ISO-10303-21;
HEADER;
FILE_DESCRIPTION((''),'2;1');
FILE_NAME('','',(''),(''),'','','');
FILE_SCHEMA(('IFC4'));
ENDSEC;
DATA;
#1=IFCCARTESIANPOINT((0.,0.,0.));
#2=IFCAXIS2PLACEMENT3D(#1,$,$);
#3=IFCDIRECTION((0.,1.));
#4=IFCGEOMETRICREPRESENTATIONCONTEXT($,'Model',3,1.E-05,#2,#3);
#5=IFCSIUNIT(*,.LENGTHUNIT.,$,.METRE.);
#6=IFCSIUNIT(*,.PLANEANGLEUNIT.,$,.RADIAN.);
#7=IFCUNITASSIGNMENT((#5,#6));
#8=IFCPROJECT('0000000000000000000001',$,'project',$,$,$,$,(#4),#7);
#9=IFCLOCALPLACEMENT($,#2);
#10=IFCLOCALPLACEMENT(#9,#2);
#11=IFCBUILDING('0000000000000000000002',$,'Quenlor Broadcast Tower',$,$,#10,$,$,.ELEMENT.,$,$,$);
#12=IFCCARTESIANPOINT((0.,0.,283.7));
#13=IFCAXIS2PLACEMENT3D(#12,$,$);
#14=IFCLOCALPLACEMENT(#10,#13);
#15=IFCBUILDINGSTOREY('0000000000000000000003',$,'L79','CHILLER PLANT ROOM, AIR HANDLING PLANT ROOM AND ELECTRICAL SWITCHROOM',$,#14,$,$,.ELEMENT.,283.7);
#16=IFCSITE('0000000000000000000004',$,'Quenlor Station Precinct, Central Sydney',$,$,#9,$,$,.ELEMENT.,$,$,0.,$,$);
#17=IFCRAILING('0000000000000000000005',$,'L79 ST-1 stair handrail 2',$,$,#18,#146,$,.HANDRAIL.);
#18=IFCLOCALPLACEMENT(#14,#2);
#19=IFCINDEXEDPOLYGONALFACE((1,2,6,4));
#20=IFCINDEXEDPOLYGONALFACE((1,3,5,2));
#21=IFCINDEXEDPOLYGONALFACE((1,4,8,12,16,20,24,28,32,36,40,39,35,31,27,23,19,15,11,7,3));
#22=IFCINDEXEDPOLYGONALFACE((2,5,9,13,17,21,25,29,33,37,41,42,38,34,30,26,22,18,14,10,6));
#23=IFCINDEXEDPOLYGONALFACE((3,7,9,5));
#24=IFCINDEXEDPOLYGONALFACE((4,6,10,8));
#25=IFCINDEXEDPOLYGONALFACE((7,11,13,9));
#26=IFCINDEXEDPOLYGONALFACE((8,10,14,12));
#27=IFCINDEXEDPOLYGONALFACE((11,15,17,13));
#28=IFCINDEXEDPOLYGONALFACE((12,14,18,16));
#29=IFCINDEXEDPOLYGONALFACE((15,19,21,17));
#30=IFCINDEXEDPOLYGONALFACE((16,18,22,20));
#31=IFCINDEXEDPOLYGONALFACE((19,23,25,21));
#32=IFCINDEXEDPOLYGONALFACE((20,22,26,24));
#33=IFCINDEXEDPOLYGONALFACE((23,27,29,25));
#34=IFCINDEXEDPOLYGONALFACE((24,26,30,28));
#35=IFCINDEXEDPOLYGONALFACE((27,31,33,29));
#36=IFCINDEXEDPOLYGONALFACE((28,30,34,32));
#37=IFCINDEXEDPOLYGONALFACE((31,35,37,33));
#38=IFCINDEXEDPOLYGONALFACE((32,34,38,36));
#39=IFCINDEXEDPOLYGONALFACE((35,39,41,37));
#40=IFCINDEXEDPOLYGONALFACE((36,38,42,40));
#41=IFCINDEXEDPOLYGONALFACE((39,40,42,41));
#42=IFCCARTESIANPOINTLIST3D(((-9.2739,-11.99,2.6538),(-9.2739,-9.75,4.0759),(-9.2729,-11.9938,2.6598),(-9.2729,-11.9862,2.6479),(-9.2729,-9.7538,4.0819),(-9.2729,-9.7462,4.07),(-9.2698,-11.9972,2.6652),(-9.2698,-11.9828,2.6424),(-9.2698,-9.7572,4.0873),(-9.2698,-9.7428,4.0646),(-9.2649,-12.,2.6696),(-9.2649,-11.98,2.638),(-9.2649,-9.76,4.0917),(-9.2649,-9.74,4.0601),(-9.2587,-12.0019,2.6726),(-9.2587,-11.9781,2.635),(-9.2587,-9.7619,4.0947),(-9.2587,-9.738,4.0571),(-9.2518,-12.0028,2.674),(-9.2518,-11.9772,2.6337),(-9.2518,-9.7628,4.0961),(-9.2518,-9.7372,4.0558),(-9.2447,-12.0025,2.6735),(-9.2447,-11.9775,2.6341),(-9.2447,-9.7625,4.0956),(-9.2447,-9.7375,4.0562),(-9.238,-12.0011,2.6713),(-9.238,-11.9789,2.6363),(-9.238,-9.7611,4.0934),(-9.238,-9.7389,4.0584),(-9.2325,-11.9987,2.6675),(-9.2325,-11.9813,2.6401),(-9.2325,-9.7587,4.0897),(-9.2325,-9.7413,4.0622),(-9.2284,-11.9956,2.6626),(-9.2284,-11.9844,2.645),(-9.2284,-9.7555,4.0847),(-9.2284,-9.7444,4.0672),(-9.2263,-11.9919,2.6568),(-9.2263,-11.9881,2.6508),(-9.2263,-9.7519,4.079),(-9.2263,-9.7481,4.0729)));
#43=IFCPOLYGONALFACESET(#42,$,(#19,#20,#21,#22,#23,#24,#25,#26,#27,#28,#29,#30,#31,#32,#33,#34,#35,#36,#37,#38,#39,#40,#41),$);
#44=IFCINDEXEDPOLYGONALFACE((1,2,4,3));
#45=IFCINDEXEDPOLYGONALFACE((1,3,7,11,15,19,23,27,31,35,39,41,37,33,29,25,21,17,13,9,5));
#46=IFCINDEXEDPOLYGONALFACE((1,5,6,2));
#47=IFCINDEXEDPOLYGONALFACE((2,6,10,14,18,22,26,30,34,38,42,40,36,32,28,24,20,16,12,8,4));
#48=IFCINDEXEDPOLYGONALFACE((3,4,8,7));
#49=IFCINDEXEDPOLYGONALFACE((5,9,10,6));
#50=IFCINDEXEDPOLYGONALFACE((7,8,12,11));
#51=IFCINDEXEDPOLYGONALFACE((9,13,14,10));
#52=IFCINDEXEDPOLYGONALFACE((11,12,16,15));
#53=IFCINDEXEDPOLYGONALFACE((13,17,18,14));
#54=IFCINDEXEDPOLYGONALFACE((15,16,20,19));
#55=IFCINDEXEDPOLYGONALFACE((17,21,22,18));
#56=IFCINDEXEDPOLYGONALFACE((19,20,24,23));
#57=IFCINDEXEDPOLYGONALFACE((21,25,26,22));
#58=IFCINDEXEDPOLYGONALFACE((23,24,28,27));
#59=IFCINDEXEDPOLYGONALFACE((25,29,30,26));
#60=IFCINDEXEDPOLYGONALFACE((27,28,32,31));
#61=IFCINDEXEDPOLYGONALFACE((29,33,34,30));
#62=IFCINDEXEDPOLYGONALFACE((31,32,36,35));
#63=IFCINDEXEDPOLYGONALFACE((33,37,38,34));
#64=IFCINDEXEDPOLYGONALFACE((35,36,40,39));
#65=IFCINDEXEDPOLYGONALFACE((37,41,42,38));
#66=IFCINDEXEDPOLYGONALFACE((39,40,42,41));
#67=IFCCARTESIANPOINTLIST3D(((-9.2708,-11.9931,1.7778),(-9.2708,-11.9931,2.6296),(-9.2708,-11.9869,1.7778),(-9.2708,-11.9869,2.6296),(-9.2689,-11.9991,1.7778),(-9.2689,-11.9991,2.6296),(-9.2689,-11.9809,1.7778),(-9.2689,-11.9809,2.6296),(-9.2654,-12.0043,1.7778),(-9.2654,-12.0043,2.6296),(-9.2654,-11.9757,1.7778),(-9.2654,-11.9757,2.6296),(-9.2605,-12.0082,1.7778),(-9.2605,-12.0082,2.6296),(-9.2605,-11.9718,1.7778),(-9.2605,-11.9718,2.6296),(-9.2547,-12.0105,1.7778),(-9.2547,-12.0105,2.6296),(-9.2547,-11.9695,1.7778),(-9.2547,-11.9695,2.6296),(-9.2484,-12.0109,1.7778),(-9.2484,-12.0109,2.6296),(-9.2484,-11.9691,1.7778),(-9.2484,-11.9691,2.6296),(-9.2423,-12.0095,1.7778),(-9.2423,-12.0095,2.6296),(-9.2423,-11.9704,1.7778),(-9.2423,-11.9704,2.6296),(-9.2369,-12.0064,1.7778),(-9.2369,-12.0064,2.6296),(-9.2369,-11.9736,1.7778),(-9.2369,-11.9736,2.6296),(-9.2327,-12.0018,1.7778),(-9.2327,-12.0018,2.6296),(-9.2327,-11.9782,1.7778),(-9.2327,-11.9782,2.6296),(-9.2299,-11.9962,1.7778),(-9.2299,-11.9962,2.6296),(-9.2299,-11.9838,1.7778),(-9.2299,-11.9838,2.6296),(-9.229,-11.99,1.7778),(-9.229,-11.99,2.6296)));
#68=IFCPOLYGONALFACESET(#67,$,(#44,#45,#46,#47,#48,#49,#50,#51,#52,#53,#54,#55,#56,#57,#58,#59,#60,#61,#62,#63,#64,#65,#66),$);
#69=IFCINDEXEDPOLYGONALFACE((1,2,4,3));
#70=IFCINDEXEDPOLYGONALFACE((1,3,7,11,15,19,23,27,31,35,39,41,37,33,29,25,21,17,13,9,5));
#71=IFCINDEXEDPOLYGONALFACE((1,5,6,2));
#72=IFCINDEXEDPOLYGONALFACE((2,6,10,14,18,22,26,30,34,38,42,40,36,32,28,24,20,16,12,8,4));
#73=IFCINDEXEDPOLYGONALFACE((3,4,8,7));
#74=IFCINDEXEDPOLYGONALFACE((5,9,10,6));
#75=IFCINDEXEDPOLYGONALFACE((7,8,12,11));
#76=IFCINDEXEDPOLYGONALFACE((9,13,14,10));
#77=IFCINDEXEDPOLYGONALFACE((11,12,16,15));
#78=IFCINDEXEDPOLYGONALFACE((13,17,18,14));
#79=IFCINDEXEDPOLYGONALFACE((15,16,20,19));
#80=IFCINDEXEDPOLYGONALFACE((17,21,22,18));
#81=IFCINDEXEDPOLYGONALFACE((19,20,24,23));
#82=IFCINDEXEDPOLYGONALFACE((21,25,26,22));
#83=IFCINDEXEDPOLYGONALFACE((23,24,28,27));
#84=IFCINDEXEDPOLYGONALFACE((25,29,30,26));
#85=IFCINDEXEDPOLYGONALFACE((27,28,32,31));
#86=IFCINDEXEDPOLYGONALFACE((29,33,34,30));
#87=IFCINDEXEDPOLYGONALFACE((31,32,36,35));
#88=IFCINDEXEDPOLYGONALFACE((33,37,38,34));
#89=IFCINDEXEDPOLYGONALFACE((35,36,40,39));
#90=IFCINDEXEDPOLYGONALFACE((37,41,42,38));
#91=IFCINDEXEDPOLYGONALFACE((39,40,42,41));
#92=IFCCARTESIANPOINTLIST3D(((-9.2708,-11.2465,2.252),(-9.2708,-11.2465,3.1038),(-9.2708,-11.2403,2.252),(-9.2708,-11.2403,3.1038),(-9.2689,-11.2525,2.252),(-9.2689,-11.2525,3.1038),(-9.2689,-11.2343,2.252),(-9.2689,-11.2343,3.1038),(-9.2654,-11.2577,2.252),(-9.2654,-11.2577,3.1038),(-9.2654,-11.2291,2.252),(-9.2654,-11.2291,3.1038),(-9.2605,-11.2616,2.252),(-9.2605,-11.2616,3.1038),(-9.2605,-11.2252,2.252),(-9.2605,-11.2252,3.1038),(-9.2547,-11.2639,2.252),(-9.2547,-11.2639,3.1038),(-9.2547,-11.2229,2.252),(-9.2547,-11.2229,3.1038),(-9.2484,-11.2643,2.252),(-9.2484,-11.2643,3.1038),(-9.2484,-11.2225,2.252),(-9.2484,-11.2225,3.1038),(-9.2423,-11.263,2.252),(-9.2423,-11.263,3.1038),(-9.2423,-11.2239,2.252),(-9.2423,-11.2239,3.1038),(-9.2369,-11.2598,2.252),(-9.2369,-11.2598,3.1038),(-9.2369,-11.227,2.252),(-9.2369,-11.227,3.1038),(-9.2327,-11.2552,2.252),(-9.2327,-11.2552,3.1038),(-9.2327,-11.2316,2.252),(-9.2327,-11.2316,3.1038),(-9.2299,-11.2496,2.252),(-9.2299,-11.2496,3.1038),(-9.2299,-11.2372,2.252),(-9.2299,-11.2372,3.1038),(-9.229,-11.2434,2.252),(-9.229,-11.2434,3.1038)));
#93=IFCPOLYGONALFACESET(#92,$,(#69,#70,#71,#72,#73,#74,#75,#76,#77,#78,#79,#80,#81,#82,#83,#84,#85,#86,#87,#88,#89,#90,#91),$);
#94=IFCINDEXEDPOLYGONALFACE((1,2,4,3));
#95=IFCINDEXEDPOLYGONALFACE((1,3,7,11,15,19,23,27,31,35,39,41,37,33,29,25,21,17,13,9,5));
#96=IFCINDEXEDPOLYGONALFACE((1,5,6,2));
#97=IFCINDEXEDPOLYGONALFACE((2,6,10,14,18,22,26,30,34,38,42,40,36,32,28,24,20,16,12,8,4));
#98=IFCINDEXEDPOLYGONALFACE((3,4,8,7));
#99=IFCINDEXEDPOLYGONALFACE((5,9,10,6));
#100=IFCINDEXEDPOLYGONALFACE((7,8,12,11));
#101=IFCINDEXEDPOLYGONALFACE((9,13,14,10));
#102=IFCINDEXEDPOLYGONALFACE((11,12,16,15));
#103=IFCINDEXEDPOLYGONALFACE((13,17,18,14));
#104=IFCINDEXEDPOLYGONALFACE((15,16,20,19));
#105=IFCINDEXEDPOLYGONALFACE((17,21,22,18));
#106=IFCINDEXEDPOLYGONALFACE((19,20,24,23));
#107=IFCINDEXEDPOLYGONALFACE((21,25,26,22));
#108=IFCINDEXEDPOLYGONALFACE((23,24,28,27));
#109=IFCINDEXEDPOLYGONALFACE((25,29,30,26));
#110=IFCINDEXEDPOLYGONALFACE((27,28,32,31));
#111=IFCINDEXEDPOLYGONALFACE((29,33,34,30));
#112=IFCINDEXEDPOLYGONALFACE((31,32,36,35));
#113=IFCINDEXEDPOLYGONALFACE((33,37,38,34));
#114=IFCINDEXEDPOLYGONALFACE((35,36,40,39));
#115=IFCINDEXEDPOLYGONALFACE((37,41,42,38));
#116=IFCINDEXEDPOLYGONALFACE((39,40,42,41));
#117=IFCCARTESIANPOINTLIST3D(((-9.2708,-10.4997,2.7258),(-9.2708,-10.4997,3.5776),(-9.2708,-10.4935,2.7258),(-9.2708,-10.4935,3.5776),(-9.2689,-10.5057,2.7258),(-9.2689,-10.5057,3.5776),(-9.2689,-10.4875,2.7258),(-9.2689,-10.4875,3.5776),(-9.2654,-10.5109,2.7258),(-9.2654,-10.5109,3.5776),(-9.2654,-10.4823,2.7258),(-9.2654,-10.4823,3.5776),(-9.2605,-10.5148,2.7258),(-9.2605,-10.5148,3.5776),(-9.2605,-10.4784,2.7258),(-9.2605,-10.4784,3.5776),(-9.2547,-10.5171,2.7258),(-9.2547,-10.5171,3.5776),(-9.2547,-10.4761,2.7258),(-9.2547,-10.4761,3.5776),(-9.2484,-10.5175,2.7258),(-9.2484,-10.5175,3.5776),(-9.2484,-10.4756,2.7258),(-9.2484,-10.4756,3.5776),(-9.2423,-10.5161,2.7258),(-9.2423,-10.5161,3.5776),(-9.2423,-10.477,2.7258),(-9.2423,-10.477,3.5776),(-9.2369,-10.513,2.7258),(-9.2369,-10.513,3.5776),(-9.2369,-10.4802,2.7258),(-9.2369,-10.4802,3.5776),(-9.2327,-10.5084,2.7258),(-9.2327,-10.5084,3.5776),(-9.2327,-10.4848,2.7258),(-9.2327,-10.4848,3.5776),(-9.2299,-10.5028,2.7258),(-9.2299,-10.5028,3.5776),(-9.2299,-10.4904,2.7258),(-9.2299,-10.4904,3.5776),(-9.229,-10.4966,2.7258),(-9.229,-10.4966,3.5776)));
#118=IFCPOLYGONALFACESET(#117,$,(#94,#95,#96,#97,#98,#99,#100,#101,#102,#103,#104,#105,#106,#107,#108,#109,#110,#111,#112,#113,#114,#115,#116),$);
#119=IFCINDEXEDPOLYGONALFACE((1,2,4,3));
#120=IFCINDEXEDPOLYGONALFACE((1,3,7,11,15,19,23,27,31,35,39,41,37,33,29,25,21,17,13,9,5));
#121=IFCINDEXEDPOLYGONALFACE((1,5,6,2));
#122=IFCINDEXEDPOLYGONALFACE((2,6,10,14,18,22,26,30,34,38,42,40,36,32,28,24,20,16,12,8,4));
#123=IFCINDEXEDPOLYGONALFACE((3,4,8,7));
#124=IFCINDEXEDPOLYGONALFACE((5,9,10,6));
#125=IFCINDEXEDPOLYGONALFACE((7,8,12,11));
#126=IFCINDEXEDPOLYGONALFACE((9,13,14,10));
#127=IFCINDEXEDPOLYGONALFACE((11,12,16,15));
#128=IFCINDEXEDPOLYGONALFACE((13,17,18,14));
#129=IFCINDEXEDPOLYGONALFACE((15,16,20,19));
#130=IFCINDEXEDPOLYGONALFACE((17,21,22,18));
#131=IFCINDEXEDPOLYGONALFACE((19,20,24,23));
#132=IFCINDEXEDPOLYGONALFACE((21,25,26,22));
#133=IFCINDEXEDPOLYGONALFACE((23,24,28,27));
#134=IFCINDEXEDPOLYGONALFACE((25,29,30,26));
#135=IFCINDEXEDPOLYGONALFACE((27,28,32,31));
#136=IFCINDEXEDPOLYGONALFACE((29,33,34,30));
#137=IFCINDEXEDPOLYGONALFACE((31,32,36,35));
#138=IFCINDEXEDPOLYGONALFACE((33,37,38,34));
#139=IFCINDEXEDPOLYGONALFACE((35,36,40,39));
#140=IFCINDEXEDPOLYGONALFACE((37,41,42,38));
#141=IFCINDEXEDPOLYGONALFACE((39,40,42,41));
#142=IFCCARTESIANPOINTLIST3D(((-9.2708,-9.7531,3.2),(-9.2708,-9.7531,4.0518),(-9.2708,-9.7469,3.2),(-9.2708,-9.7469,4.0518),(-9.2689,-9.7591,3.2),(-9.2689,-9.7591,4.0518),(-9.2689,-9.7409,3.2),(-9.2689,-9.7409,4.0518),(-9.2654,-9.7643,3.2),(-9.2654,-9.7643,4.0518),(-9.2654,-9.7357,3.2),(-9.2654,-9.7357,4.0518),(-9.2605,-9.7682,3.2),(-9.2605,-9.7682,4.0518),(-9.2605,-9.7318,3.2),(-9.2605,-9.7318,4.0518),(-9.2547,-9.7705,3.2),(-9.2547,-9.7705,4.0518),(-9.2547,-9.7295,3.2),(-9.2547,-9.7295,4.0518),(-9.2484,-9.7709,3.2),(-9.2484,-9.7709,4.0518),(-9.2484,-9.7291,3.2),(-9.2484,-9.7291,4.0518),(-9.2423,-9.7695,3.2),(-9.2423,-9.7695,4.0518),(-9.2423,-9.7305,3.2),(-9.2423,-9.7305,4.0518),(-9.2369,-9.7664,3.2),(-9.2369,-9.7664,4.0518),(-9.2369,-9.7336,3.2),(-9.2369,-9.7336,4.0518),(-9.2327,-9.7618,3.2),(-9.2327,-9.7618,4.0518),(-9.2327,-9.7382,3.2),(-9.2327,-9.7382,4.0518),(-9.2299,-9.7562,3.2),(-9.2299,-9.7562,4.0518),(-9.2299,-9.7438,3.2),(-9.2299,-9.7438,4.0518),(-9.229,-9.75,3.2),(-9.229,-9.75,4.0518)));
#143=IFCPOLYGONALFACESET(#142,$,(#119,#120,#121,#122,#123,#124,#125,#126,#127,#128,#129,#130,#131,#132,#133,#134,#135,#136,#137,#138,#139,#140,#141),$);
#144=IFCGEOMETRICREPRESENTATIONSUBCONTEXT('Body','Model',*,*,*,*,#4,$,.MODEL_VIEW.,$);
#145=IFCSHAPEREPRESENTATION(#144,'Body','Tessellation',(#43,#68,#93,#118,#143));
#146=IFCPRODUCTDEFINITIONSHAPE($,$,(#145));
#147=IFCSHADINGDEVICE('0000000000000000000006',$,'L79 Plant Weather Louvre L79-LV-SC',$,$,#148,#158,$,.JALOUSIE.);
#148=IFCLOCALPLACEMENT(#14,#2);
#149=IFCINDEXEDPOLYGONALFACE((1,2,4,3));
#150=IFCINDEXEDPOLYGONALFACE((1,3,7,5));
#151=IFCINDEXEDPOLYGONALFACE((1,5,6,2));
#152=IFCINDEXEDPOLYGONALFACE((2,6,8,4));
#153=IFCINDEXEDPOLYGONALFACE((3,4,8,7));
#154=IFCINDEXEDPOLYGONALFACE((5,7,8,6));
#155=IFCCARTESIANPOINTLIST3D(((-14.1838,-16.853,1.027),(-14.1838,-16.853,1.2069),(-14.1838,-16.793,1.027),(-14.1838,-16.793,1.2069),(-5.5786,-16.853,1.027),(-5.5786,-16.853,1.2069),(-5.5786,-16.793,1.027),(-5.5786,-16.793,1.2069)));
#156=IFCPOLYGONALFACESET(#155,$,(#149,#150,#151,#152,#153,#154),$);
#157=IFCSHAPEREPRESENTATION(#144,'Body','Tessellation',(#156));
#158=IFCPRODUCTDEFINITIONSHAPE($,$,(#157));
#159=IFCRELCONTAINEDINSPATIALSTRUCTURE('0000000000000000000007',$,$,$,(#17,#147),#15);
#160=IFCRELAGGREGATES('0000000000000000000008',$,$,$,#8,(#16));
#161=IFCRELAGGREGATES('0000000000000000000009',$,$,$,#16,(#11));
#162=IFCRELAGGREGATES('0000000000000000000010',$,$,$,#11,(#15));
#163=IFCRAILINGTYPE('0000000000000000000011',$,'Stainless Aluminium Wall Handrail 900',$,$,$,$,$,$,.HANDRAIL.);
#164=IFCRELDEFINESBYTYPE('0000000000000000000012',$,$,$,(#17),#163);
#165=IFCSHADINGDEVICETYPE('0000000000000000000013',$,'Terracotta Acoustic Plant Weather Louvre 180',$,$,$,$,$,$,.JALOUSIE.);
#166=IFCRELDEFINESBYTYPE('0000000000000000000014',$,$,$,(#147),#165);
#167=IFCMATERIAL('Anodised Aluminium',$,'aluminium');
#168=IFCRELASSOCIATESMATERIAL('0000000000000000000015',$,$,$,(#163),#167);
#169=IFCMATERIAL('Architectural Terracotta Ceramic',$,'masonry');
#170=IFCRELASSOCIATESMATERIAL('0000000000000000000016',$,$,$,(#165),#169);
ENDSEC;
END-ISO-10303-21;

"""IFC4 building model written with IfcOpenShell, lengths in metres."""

from ifc_helpers import new_model, si_unit, direction, frame, origin, origin_2d, place, context, subcontext, project, spatial, rectangle, circle, extrude, material, material_profile, profile_set, type_object, element, save


model = new_model("IFC4")

# Units and contexts
model_context = context("Model", 3, precision=1e-05, world=origin(), true_north=direction((0.0, 1.0)))
body_context = subcontext(model_context, "Body", "Model", "MODEL_VIEW")
ifc_project = project(units=[si_unit("LENGTHUNIT", "METRE"), si_unit("PLANEANGLEUNIT", "RADIAN")], contexts=[model_context])

# Site, building, storey
site_placement = place(None, origin())
site = spatial("IfcSite", under=ifc_project, at=site_placement, Name="Quenlor Station Precinct, Central Sydney", CompositionType="ELEMENT", RefElevation=0.0)
building_placement = place(site_placement, origin())
building = spatial("IfcBuilding", under=site, at=building_placement, Name="Quenlor Broadcast Tower", CompositionType="ELEMENT")
storey_placement = place(building_placement, frame((0.0, 0.0, 283.7)))
storey = spatial("IfcBuildingStorey", under=building, at=storey_placement, Name="L79", Description="CHILLER PLANT ROOM, AIR HANDLING PLANT ROOM AND ELECTRICAL SWITCHROOM", CompositionType="ELEMENT", Elevation=283.7)

# Railing
ifc_material_1 = material(Name="Anodised Aluminium", Category="aluminium")
railing_type_1 = type_object("IfcRailingType", Name="Stainless Aluminium Wall Handrail 900", PredefinedType="HANDRAIL", material=ifc_material_1)
railing_1_placement = place(storey_placement, frame((-9.25, -11.99, 1.7778)))
element("IfcRailing", 1, at=railing_1_placement, inside=storey, type_object=railing_type_1, Name="L79 ST-1 stair handrail 2", PredefinedType="HANDRAIL", context=body_context, shape_type="SweptSolid", body=[
    extrude(circle(Radius=0.0239, at=origin_2d()), frame((0.0, 0.0, 0.876), z_axis=(0.0, 0.844229, 0.535982), x_axis=(-1.0, 0.0, 0.0)), (0.0, 0.0, 1.0), 2.6533),
    extrude(circle(Radius=0.021, at=origin_2d()), origin(), (0.0, 0.0, 1.0), 0.8518),
    extrude(circle(Radius=0.021, at=origin_2d()), frame((0.0, 0.7466, 0.4741)), (0.0, 0.0, 1.0), 0.8518),
    extrude(circle(Radius=0.021, at=origin_2d()), frame((0.0, 1.4934, 0.948)), (0.0, 0.0, 1.0), 0.8518),
    extrude(circle(Radius=0.021, at=origin_2d()), frame((0.0, 2.24, 1.4221)), (0.0, 0.0, 1.0), 0.8518),
])

# Shading device
ifc_material_2 = material(Name="Architectural Terracotta Ceramic", Category="masonry")
ifc_material_profile_1 = material_profile(ifc_material_2, rectangle(XDim=0.0601, YDim=0.1799, at=origin_2d()))
ifc_profile_set_1 = profile_set([ifc_material_profile_1], Name="Architectural Terracotta Ceramic LVR60x180")
shading_device_type = type_object("IfcShadingDeviceType", Name="Terracotta Acoustic Plant Weather Louvre 180", PredefinedType="JALOUSIE", material=ifc_profile_set_1)
shading_device_placement = place(storey_placement, frame((-5.5786, -16.823, 1.1169), z_axis=(-1.0, 0.0, 0.0), x_axis=(0.0, -1.0, 0.0)))
element("IfcShadingDevice", 2, at=shading_device_placement, inside=storey, type_object=shading_device_type, Name="L79 Plant Weather Louvre L79-LV-SC", PredefinedType="JALOUSIE", context=body_context, shape_type="SweptSolid", body=[
    extrude(rectangle(XDim=0.0601, YDim=0.1799, at=origin_2d()), origin(), (0.0, 0.0, 1.0), 8.6052),
])

save(model, "model.ifc")
